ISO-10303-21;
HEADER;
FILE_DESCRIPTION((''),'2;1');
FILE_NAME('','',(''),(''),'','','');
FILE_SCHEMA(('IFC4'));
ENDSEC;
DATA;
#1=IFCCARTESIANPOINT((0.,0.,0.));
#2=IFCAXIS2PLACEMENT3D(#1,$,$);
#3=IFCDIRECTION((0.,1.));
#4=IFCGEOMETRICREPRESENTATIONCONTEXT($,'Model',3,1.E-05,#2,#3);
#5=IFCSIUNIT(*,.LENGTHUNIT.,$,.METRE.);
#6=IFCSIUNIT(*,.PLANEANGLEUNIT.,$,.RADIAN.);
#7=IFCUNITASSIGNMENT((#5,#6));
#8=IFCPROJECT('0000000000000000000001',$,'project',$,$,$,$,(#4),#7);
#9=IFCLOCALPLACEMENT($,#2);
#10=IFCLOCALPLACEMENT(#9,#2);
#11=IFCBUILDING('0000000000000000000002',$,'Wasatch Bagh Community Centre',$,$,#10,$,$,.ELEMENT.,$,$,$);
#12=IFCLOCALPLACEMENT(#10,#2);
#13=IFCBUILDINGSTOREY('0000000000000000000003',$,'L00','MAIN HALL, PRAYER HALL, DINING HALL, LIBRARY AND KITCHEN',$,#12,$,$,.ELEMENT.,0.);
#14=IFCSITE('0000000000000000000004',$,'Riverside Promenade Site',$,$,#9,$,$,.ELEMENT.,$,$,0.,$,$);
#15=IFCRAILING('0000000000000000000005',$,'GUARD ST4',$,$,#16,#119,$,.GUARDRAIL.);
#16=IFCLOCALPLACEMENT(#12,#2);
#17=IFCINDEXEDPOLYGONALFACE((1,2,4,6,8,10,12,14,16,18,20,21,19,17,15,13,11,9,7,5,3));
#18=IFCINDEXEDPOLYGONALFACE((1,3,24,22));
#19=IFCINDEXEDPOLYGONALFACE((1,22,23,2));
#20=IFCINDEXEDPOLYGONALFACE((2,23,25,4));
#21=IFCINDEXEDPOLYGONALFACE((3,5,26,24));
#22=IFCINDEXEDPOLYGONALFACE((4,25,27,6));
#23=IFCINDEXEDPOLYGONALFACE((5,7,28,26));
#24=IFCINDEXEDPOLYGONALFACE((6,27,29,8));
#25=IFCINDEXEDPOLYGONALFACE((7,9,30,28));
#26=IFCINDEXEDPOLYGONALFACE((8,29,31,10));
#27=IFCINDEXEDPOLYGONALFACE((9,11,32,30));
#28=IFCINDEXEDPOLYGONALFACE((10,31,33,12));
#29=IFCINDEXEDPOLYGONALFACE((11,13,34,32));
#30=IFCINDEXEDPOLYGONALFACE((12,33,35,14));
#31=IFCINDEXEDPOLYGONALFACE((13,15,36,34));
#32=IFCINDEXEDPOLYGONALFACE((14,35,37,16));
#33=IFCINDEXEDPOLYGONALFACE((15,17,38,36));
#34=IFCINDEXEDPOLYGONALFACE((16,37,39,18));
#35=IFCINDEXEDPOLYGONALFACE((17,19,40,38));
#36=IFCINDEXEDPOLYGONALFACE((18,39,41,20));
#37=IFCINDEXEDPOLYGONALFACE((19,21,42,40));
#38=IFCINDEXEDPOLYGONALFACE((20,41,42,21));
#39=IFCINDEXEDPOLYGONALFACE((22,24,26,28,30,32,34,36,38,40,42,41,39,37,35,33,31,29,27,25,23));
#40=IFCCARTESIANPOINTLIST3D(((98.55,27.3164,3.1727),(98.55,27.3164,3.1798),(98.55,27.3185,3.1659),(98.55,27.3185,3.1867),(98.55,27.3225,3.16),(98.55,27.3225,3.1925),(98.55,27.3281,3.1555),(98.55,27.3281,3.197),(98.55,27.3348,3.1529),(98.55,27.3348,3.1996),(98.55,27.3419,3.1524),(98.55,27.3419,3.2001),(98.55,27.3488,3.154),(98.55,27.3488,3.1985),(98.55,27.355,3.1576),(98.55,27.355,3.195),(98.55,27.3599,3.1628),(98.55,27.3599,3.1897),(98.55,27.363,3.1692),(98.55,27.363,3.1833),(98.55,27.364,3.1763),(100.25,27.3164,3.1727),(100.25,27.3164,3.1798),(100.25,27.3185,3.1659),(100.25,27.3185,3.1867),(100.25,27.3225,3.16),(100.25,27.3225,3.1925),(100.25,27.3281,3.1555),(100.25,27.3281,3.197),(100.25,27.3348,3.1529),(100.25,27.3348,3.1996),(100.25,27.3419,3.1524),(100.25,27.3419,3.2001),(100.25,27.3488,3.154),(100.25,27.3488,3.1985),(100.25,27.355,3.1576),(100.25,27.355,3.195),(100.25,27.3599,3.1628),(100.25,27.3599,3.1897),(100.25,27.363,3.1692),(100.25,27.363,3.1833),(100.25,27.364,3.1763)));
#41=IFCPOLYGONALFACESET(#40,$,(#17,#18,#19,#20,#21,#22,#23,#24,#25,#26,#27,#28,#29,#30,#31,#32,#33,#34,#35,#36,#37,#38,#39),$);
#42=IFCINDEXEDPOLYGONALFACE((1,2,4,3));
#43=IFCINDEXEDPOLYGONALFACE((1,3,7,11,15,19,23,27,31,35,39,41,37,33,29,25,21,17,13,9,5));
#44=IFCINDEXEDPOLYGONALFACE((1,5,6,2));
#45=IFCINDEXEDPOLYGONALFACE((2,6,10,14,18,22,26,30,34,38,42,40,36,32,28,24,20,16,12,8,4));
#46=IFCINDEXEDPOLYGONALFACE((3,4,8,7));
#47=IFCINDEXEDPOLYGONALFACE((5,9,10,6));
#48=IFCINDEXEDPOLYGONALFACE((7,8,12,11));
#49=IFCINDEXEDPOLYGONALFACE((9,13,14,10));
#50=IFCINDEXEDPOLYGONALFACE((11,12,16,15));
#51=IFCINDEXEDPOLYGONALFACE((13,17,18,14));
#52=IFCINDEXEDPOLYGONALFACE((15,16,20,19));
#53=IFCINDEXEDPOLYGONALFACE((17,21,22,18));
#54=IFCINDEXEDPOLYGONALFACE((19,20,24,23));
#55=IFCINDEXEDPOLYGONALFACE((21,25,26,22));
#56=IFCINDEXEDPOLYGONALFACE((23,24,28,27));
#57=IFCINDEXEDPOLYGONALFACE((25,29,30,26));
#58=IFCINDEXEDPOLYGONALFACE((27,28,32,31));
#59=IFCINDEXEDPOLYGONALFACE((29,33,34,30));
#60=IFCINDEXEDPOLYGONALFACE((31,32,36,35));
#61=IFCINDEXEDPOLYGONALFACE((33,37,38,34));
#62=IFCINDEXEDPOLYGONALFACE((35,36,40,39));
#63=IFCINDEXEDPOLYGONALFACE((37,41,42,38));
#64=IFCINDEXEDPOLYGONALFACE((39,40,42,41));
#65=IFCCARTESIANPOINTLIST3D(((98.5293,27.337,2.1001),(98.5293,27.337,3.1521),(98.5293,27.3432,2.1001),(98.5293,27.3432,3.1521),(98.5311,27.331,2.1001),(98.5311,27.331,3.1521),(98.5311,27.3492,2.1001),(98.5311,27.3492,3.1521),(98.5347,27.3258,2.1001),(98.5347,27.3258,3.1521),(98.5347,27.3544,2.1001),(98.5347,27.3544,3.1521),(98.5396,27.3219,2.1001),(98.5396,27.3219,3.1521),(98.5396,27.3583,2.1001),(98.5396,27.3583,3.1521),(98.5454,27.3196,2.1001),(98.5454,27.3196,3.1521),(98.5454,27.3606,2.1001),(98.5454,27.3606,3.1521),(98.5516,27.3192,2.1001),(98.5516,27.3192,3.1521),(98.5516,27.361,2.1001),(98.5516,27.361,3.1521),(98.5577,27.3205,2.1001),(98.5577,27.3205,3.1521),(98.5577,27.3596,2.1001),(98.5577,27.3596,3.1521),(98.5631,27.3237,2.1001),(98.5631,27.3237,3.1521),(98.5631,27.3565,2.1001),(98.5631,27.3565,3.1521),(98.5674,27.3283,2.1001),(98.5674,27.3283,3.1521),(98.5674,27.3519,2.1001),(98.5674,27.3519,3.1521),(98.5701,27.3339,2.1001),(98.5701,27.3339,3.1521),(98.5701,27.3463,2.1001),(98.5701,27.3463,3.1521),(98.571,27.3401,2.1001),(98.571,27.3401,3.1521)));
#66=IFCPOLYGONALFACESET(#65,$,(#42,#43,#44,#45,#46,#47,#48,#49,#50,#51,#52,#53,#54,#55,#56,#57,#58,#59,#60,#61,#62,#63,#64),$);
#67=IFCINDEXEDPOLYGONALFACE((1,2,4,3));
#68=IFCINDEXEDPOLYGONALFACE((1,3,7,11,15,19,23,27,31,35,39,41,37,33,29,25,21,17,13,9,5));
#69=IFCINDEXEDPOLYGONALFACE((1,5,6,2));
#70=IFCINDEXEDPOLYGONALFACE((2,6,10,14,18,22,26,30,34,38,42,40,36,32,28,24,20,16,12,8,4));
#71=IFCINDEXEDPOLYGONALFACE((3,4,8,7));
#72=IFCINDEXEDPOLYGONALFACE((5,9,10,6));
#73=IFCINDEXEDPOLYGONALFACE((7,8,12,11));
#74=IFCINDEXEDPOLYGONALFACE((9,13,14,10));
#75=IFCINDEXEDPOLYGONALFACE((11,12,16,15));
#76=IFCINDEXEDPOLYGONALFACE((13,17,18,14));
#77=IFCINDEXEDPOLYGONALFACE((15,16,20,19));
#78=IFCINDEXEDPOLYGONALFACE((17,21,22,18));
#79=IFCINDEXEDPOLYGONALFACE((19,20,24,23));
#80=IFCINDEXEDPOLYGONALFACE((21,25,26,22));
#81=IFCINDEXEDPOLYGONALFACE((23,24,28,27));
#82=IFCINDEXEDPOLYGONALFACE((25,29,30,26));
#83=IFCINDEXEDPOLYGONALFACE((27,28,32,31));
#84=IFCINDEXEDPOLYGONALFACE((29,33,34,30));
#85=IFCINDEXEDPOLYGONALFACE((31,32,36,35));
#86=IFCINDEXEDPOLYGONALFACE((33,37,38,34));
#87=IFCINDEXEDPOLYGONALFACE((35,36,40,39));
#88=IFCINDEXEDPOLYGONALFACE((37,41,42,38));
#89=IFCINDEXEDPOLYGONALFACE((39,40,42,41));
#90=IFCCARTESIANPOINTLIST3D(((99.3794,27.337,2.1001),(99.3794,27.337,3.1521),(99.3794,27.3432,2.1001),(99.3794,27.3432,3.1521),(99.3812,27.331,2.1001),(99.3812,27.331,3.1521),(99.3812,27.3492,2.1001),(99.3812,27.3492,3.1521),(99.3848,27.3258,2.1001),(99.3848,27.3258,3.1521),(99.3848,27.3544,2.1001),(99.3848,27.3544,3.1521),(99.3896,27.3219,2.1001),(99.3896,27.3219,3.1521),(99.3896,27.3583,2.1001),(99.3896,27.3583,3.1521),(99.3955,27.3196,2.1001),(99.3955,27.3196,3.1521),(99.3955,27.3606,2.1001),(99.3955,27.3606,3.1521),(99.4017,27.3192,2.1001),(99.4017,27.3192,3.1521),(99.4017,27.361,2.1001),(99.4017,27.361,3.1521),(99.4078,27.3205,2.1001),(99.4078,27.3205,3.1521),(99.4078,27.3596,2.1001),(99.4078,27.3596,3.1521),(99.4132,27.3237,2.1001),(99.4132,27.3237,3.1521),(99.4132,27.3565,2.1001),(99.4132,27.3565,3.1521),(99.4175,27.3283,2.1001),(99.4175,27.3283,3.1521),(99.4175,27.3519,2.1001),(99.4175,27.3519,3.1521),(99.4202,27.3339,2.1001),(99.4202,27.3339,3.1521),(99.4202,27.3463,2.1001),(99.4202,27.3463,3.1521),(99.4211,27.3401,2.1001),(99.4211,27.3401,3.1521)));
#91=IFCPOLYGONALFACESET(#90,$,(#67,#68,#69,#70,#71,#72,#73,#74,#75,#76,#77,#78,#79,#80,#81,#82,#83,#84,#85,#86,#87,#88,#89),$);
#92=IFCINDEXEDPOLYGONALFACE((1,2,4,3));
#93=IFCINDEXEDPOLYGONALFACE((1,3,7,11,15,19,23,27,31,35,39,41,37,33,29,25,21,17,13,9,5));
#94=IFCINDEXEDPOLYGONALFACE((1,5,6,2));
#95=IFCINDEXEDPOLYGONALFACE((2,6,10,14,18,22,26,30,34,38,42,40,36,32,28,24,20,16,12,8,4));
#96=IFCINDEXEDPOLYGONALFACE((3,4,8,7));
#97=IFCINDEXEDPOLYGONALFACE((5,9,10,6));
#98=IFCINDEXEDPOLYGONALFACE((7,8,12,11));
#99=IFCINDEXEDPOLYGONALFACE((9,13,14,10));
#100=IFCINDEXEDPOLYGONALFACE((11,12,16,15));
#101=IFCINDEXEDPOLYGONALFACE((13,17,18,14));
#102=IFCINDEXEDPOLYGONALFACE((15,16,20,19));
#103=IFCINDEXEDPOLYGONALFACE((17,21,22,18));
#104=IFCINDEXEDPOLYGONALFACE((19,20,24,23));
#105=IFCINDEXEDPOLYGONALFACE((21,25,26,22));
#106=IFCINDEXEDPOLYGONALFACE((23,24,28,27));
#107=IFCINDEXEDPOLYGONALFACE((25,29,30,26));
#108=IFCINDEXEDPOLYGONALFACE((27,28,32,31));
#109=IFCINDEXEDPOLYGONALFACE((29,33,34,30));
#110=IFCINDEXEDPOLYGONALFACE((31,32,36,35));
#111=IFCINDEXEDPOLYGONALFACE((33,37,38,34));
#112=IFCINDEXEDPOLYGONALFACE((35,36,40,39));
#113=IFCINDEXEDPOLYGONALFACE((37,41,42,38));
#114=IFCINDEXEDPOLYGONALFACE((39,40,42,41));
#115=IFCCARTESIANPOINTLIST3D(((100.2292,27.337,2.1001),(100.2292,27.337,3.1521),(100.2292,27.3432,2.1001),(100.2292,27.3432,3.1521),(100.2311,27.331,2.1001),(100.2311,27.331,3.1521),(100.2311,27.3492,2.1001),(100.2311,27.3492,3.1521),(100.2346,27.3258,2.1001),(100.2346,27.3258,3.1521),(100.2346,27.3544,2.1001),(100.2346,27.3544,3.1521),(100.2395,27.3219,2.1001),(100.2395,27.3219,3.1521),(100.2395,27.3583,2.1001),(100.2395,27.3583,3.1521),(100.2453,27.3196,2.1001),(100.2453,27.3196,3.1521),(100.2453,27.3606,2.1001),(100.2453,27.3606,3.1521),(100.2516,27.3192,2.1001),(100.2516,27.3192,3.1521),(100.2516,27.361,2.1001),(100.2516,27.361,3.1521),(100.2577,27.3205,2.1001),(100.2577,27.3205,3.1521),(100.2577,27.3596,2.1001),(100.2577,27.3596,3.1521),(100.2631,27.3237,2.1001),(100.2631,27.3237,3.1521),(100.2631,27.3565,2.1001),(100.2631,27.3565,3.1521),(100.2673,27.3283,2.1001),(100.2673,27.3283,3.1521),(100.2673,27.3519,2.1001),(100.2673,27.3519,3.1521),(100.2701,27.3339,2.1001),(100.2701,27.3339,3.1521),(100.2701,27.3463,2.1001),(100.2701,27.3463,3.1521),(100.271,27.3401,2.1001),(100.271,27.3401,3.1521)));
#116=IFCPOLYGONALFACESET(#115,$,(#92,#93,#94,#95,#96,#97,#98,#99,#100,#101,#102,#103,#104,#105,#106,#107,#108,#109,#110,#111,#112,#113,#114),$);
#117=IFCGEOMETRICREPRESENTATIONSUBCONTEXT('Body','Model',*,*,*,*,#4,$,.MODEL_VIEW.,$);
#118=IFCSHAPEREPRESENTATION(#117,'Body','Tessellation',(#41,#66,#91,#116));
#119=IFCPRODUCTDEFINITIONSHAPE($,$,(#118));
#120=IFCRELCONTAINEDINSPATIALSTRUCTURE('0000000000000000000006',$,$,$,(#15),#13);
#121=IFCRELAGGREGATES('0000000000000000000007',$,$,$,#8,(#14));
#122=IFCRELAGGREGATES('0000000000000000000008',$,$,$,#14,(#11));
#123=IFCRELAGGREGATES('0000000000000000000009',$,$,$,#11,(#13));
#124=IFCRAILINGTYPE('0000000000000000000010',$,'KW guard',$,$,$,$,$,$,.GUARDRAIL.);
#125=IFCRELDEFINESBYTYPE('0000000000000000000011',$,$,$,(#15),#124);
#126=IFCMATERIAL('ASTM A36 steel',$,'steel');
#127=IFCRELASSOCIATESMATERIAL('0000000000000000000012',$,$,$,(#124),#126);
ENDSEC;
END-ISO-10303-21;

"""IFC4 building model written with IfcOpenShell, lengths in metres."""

from ifc_helpers import new_model, si_unit, direction, frame, origin, origin_2d, place, context, subcontext, project, spatial, circle, extrude, material, type_object, element, save


model = new_model("IFC4")

# Units and contexts
model_context = context("Model", 3, precision=1e-05, world=origin(), true_north=direction((0.0, 1.0)))
body_context = subcontext(model_context, "Body", "Model", "MODEL_VIEW")
ifc_project = project(units=[si_unit("LENGTHUNIT", "METRE"), si_unit("PLANEANGLEUNIT", "RADIAN")], contexts=[model_context])

# Site, building, storey
site_placement = place(None, origin())
site = spatial("IfcSite", under=ifc_project, at=site_placement, Name="Riverside Promenade Site", CompositionType="ELEMENT", RefElevation=0.0)
building_placement = place(site_placement, origin())
building = spatial("IfcBuilding", under=site, at=building_placement, Name="Wasatch Bagh Community Centre", CompositionType="ELEMENT")
storey_placement = place(building_placement, origin())
storey = spatial("IfcBuildingStorey", under=building, at=storey_placement, Name="L00", Description="MAIN HALL, PRAYER HALL, DINING HALL, LIBRARY AND KITCHEN", CompositionType="ELEMENT", Elevation=0.0)

# Railing
ifc_material_1 = material(Name="ASTM A36 steel", Category="steel")
railing_type_1 = type_object("IfcRailingType", Name="KW guard", PredefinedType="GUARDRAIL", material=ifc_material_1)
railing_1_placement = place(storey_placement, frame((98.55, 27.3401, 2.1001)))
element("IfcRailing", 1, at=railing_1_placement, inside=storey, type_object=railing_type_1, Name="GUARD ST4", PredefinedType="GUARDRAIL", context=body_context, shape_type="SweptSolid", body=[
    extrude(circle(Radius=0.0239, at=origin_2d()), frame((0.0, 0.0, 1.0762), z_axis=(1.0, 0.0, 0.0), x_axis=(0.0, 1.0, 0.0)), (0.0, 0.0, 1.0), 1.7),
    extrude(circle(Radius=0.021, at=origin_2d()), origin(), (0.0, 0.0, 1.0), 1.052),
    extrude(circle(Radius=0.021, at=origin_2d()), frame((0.8501, 0.0, 0.0)), (0.0, 0.0, 1.0), 1.052),
    extrude(circle(Radius=0.021, at=origin_2d()), frame((1.7, 0.0, 0.0)), (0.0, 0.0, 1.0), 1.052),
])

save(model, "model.ifc")
